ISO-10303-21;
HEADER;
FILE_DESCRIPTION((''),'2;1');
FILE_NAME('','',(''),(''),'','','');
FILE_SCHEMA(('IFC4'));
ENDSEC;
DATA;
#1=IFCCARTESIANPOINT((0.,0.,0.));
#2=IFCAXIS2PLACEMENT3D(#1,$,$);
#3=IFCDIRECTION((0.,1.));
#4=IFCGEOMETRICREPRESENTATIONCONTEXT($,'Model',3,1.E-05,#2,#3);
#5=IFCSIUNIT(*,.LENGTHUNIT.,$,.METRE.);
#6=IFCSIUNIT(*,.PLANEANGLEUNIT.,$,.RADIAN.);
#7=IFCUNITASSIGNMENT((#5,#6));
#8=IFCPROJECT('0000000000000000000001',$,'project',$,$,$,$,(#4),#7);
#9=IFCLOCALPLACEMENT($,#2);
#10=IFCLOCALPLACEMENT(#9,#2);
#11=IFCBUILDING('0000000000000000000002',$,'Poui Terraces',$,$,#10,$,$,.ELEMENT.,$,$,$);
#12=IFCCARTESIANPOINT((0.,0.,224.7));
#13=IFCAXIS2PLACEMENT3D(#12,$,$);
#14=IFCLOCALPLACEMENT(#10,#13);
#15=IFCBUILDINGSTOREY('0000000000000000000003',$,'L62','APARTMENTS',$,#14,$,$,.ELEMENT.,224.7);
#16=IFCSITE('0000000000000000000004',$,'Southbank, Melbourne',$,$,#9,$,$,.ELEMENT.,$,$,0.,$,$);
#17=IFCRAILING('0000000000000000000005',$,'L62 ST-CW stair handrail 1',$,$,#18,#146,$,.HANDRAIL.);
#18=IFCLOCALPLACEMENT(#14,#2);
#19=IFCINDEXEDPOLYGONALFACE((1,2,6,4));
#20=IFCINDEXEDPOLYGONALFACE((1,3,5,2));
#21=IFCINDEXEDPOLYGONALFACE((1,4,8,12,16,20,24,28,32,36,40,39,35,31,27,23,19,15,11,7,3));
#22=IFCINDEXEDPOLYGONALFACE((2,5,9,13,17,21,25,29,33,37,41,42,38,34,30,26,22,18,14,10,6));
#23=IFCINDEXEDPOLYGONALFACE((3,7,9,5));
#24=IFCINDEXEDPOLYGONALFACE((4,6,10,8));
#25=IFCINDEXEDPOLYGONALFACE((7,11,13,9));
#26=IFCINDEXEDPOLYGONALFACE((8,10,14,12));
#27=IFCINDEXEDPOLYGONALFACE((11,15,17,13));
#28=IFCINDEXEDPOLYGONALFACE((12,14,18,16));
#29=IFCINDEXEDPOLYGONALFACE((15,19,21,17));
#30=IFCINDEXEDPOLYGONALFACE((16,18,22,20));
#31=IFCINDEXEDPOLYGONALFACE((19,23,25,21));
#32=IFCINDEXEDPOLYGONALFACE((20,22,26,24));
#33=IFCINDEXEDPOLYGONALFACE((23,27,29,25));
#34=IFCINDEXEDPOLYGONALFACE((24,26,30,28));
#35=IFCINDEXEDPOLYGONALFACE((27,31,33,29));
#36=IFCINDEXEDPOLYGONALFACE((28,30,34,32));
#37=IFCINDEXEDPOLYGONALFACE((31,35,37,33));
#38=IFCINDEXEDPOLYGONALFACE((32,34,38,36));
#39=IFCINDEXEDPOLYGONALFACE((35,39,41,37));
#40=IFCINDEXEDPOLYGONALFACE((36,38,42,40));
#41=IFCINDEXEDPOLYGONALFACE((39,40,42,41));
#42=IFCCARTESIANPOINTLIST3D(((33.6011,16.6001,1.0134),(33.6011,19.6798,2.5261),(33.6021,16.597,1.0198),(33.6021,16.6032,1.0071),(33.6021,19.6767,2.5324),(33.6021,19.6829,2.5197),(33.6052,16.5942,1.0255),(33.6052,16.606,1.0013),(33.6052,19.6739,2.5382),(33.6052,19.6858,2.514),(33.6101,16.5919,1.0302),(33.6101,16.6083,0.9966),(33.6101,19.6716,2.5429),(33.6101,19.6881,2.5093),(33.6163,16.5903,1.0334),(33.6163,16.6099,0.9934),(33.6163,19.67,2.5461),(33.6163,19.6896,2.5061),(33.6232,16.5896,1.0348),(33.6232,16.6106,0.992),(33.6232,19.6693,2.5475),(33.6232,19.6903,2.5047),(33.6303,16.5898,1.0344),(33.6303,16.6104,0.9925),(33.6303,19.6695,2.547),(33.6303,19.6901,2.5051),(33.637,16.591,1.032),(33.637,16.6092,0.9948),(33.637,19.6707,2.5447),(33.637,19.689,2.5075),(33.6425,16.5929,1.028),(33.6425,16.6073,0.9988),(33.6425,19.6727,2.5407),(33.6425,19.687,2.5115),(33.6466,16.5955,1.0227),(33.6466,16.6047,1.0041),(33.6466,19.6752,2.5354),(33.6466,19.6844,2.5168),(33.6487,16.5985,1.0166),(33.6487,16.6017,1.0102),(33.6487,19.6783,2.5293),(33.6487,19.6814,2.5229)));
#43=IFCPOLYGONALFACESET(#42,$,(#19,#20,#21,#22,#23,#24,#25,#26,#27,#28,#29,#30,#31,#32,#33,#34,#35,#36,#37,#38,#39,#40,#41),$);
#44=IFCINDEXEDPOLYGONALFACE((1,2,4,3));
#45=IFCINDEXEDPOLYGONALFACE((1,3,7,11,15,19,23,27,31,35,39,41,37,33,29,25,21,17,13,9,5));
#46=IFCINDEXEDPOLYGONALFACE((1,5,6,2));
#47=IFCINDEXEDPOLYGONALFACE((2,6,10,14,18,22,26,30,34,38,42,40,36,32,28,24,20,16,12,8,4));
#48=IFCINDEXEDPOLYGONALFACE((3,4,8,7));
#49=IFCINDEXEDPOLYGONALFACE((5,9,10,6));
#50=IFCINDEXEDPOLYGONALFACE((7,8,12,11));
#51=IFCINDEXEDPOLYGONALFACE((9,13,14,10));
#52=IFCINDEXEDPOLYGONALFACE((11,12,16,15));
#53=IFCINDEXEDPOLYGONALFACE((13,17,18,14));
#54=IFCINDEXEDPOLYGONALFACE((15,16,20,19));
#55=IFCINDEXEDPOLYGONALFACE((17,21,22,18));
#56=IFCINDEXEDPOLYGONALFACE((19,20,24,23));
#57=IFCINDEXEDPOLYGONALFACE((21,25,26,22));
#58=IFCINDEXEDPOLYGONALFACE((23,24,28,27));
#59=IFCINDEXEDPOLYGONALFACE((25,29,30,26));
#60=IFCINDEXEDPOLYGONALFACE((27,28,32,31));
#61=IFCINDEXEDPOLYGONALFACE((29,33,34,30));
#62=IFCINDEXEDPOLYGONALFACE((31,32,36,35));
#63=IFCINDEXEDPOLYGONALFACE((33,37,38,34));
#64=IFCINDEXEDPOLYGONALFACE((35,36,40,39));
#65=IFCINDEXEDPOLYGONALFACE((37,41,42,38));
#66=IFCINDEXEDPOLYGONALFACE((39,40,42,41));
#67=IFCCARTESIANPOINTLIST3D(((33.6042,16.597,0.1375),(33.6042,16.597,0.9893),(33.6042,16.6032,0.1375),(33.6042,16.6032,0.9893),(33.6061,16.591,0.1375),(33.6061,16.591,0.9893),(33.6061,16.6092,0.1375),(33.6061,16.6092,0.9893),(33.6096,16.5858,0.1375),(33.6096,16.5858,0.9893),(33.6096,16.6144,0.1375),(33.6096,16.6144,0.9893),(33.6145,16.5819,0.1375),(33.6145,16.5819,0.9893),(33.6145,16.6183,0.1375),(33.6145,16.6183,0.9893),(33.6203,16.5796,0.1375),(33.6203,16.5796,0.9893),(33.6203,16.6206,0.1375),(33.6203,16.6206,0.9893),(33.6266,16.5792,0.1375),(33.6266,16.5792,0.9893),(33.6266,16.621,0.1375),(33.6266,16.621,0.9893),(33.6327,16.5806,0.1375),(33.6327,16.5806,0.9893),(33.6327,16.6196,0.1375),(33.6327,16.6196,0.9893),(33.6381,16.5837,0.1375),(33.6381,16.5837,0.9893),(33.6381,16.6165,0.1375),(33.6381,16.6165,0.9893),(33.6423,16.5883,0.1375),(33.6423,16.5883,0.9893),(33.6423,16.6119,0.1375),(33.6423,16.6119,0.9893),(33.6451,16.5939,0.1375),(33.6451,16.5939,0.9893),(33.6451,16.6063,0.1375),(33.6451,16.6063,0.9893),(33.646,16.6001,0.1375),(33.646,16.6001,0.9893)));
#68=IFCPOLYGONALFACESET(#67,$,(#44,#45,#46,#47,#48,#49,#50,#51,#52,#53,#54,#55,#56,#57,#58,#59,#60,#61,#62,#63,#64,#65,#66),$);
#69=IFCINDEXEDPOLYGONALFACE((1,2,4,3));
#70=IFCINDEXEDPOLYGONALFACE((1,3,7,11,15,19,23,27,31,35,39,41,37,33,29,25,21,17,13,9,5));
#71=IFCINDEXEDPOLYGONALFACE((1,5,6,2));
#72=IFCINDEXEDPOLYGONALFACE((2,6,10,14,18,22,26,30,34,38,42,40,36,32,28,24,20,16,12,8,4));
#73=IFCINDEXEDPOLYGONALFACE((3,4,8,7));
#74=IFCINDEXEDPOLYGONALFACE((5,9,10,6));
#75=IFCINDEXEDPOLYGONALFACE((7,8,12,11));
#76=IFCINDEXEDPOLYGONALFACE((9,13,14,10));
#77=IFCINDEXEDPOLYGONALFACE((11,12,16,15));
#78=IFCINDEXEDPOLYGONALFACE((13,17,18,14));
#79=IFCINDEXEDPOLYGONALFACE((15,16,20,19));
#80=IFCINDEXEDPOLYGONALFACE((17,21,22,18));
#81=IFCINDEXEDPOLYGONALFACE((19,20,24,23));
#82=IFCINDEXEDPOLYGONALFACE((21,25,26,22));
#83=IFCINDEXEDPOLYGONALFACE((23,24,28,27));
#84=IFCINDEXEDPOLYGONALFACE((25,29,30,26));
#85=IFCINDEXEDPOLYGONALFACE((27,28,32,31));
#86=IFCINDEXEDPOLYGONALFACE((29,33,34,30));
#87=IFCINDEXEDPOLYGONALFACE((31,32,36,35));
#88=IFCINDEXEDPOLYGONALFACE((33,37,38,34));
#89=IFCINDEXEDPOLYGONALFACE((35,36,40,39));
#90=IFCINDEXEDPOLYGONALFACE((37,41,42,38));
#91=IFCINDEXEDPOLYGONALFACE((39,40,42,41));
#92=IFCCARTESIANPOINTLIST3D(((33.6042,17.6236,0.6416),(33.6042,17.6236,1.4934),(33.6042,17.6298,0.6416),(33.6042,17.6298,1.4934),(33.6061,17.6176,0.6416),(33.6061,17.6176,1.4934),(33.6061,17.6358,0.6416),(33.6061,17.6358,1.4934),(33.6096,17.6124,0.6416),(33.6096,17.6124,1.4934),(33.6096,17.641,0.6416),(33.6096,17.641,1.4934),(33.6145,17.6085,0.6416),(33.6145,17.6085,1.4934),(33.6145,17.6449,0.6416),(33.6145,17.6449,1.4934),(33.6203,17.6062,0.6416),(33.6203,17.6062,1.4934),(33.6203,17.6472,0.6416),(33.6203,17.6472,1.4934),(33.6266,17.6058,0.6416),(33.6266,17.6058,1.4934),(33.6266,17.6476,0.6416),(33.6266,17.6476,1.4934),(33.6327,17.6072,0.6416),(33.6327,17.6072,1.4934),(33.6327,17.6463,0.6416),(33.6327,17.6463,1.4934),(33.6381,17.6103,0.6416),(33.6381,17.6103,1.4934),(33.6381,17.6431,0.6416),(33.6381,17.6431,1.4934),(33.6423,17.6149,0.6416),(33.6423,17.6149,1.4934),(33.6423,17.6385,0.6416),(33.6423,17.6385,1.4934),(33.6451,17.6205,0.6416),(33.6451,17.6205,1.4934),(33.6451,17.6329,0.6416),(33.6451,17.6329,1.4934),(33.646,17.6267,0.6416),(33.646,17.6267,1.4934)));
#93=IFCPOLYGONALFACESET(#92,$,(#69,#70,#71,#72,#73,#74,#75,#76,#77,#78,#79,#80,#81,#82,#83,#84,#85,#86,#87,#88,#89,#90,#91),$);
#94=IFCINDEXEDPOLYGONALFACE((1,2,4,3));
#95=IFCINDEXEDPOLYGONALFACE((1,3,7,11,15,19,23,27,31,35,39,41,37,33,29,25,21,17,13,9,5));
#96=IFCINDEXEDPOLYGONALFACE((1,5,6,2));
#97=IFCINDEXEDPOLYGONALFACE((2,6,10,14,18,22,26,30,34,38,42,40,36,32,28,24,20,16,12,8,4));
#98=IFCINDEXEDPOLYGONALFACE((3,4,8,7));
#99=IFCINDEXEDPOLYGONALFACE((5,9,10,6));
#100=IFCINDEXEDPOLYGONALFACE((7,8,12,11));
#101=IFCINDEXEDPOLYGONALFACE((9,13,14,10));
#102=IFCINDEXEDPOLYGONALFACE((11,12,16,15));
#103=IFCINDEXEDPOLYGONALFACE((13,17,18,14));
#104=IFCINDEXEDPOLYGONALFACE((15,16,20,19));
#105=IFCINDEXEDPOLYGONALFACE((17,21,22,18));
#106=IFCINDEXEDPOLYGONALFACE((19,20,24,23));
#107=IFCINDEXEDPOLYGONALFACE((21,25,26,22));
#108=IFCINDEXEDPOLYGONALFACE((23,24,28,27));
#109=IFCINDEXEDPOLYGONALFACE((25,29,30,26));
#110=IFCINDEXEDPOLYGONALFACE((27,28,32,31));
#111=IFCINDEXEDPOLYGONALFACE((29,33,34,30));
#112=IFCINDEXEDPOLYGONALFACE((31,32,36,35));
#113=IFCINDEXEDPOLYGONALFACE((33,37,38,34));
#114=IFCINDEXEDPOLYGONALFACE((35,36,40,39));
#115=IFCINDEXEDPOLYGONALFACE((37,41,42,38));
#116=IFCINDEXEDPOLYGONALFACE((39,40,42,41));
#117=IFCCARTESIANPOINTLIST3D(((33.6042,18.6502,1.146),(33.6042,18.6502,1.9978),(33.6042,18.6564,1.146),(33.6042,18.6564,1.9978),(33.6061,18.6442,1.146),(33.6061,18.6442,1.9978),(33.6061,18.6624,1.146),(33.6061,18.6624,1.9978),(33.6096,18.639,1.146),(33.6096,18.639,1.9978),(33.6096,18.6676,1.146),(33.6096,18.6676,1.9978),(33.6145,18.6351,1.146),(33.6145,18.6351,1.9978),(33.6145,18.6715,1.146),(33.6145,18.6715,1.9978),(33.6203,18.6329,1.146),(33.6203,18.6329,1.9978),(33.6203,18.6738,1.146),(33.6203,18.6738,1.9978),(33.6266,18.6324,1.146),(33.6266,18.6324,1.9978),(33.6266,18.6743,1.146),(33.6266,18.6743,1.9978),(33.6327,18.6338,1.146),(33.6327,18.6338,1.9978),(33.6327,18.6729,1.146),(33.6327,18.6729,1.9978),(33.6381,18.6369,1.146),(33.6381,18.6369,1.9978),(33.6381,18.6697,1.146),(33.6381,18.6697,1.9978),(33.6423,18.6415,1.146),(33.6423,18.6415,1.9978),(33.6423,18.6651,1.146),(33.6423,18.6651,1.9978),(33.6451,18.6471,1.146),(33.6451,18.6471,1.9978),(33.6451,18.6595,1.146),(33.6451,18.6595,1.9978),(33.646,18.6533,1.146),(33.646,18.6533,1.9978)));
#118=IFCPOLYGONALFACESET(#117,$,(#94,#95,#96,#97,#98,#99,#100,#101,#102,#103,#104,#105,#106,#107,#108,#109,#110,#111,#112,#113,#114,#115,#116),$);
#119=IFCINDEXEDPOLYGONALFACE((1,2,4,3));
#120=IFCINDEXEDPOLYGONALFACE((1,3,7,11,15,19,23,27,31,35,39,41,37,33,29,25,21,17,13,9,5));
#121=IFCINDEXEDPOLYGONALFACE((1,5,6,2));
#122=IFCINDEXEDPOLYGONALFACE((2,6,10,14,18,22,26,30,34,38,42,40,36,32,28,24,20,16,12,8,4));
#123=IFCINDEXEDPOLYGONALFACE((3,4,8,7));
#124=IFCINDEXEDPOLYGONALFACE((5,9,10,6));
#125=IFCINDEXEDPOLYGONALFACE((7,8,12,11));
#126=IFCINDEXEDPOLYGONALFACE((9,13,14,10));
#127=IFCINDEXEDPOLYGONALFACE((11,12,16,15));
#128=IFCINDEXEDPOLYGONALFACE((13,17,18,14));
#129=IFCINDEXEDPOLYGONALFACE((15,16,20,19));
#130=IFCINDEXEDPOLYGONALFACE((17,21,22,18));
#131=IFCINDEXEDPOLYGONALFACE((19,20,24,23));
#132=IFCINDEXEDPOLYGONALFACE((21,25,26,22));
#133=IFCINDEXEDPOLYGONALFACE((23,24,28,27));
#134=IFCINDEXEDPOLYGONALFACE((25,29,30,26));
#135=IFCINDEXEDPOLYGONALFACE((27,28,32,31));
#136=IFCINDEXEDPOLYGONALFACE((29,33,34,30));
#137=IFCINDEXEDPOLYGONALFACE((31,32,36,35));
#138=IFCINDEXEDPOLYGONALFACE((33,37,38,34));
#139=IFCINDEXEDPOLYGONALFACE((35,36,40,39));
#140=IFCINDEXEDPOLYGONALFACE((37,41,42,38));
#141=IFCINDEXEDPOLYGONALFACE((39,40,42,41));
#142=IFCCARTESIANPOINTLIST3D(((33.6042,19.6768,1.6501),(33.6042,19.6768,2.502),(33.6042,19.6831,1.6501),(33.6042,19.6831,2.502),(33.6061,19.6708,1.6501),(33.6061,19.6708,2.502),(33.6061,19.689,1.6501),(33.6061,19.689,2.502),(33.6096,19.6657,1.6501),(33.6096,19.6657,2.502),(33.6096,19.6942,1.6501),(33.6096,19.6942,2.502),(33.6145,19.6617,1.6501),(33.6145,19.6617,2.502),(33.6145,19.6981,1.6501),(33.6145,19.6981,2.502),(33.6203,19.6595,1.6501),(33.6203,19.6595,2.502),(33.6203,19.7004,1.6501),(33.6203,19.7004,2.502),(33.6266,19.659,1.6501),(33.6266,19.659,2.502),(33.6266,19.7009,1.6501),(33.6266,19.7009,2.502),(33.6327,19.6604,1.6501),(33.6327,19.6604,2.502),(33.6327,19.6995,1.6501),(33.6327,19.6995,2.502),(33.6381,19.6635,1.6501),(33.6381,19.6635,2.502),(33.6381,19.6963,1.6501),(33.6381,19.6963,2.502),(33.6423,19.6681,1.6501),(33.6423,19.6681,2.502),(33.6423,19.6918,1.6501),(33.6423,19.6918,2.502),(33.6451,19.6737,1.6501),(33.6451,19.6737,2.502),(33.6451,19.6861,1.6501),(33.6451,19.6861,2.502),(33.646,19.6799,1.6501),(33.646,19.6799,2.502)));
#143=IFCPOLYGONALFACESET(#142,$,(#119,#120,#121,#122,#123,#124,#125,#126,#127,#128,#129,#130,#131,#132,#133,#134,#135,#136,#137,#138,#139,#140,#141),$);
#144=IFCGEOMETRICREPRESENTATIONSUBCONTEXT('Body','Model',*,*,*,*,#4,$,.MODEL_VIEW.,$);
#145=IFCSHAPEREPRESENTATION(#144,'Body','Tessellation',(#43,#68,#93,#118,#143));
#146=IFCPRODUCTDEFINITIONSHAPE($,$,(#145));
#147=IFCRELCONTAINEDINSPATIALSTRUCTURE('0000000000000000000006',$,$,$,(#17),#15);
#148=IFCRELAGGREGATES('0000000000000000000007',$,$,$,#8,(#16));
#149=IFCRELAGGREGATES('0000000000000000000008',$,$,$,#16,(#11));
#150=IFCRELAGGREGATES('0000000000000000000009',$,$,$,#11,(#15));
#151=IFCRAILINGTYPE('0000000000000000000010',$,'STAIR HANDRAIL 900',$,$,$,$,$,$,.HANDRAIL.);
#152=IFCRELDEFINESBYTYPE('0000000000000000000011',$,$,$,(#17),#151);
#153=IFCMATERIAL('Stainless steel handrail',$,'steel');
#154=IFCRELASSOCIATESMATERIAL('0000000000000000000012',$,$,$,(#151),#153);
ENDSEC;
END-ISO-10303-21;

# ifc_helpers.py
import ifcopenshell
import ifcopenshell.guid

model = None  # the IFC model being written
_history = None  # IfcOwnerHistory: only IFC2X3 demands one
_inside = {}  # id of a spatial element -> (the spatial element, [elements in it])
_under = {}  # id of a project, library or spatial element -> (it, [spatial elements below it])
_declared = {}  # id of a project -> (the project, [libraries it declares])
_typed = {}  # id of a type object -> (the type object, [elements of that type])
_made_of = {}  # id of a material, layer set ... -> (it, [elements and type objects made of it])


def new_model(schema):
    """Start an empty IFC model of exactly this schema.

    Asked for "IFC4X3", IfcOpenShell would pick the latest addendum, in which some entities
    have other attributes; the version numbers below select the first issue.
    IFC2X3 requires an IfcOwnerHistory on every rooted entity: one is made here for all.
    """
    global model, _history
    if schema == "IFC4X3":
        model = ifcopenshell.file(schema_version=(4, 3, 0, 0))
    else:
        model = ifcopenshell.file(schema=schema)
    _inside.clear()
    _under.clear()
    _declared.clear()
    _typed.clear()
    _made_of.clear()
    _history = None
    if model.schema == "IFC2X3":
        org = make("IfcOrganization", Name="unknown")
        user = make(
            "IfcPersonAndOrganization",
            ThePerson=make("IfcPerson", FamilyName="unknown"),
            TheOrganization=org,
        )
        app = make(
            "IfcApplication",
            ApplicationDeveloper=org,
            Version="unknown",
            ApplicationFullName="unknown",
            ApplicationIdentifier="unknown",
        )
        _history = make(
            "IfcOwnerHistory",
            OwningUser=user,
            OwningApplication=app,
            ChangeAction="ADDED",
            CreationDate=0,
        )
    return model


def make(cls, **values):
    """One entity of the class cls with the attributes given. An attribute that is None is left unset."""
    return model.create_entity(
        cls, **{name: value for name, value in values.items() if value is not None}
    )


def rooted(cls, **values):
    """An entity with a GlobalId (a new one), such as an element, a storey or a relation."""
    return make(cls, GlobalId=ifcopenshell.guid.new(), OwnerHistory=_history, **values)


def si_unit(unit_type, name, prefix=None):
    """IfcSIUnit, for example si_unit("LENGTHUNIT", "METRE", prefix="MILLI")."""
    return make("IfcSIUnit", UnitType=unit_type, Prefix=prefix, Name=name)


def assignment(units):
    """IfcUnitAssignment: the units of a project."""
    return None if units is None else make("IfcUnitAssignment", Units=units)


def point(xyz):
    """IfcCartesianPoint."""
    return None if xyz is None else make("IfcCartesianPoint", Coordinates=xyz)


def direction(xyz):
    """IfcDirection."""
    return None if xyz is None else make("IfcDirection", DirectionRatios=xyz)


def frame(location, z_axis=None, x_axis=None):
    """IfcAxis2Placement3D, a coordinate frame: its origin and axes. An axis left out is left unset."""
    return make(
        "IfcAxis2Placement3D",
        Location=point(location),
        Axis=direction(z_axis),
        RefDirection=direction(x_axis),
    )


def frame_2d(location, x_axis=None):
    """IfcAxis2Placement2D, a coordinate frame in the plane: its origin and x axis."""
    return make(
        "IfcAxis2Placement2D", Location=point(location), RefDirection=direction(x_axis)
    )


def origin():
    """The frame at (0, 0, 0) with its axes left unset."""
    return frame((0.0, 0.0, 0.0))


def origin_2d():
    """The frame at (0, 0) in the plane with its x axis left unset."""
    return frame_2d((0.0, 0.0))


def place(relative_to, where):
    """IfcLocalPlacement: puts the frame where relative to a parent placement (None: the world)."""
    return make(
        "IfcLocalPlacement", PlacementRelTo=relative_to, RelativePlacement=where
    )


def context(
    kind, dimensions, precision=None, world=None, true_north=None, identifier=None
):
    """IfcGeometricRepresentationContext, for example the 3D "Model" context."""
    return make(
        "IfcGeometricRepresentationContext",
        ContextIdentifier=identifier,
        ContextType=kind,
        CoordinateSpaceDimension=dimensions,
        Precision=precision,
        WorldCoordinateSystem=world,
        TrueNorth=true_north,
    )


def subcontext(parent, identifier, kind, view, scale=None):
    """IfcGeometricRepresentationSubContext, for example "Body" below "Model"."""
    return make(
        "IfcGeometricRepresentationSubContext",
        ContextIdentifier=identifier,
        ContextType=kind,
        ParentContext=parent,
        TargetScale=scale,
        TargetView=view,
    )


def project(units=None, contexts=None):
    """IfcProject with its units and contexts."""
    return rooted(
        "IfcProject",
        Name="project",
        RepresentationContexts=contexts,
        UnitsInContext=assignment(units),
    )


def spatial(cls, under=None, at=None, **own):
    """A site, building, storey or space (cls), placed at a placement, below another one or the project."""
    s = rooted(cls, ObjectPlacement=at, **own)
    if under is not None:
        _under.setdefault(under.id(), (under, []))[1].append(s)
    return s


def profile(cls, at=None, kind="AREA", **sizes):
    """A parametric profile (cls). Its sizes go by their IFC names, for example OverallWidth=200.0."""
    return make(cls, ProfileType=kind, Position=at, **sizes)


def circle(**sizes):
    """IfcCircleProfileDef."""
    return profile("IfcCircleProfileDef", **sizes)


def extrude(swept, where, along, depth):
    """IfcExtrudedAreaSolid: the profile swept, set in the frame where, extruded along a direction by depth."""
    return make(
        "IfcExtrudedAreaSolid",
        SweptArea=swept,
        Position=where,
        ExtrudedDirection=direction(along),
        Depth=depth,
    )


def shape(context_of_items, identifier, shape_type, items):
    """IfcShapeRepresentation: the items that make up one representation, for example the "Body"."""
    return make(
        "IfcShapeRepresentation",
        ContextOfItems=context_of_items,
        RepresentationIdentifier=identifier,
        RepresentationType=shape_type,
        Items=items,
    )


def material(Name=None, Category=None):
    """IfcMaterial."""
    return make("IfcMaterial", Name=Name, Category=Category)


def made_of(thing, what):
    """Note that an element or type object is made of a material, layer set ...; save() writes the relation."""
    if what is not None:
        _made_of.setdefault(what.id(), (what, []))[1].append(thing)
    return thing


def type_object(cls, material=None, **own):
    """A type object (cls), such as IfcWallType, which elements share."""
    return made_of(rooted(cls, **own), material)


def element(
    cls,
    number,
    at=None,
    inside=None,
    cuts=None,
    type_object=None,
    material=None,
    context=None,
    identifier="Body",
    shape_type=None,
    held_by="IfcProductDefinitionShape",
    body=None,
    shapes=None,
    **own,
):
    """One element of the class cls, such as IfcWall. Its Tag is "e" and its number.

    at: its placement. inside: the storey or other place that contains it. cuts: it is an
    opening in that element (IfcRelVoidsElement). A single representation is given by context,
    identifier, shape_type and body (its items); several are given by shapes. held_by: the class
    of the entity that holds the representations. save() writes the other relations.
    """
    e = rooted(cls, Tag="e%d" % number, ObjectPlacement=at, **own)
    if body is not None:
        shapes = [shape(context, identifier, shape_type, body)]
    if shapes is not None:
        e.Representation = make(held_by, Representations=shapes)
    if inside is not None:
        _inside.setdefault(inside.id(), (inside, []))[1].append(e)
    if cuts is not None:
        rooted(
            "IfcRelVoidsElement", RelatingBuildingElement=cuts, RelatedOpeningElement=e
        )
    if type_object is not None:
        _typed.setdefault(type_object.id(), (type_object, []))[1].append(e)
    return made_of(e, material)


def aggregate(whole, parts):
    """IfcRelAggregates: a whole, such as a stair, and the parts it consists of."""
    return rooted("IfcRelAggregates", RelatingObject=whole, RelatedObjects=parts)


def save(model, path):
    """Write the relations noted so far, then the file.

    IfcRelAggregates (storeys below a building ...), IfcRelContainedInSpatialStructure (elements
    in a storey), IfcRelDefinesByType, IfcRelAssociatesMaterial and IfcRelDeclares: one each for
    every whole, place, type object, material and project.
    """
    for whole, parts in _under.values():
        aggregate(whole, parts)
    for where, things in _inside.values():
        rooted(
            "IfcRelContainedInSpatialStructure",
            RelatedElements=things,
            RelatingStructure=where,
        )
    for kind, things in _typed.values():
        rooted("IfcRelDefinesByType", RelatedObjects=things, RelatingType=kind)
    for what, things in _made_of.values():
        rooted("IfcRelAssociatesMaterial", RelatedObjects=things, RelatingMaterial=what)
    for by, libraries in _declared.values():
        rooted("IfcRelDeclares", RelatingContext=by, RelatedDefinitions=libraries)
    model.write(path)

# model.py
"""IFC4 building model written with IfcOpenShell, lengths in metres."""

from ifc_helpers import new_model, si_unit, direction, frame, origin, origin_2d, place, context, subcontext, project, spatial, circle, extrude, material, type_object, element, save


model = new_model("IFC4")

# Units and contexts
model_context = context("Model", 3, precision=1e-05, world=origin(), true_north=direction((0.0, 1.0)))
body_context = subcontext(model_context, "Body", "Model", "MODEL_VIEW")
ifc_project = project(units=[si_unit("LENGTHUNIT", "METRE"), si_unit("PLANEANGLEUNIT", "RADIAN")], contexts=[model_context])

# Site, building, storey
site_placement = place(None, origin())
site = spatial("IfcSite", under=ifc_project, at=site_placement, Name="Southbank, Melbourne", CompositionType="ELEMENT", RefElevation=0.0)
building_placement = place(site_placement, origin())
building = spatial("IfcBuilding", under=site, at=building_placement, Name="Poui Terraces", CompositionType="ELEMENT")
storey_placement = place(building_placement, frame((0.0, 0.0, 224.7)))
storey = spatial("IfcBuildingStorey", under=building, at=storey_placement, Name="L62", Description="APARTMENTS", CompositionType="ELEMENT", Elevation=224.7)

# Railing
ifc_material_1 = material(Name="Stainless steel handrail", Category="steel")
railing_type_1 = type_object("IfcRailingType", Name="STAIR HANDRAIL 900", PredefinedType="HANDRAIL", material=ifc_material_1)
railing_1_placement = place(storey_placement, frame((33.625, 16.6001, 0.1375)))
element("IfcRailing", 1, at=railing_1_placement, inside=storey, type_object=railing_type_1, Name="L62 ST-CW stair handrail 1", PredefinedType="HANDRAIL", context=body_context, shape_type="SweptSolid", body=[
    extrude(circle(Radius=0.0239, at=origin_2d()), frame((0.0, 0.0, 0.876), z_axis=(0.0, 0.897578, 0.440856), x_axis=(-1.0, 0.0, 0.0)), (0.0, 0.0, 1.0), 3.4312),
    extrude(circle(Radius=0.021, at=origin_2d()), origin(), (0.0, 0.0, 1.0), 0.8518),
    extrude(circle(Radius=0.021, at=origin_2d()), frame((0.0, 1.0266, 0.5042)), (0.0, 0.0, 1.0), 0.8518),
    extrude(circle(Radius=0.021, at=origin_2d()), frame((0.0, 2.0532, 1.0085)), (0.0, 0.0, 1.0), 0.8518),
    extrude(circle(Radius=0.021, at=origin_2d()), frame((0.0, 3.0798, 1.5127)), (0.0, 0.0, 1.0), 0.8518),
])

save(model, "model.ifc")
